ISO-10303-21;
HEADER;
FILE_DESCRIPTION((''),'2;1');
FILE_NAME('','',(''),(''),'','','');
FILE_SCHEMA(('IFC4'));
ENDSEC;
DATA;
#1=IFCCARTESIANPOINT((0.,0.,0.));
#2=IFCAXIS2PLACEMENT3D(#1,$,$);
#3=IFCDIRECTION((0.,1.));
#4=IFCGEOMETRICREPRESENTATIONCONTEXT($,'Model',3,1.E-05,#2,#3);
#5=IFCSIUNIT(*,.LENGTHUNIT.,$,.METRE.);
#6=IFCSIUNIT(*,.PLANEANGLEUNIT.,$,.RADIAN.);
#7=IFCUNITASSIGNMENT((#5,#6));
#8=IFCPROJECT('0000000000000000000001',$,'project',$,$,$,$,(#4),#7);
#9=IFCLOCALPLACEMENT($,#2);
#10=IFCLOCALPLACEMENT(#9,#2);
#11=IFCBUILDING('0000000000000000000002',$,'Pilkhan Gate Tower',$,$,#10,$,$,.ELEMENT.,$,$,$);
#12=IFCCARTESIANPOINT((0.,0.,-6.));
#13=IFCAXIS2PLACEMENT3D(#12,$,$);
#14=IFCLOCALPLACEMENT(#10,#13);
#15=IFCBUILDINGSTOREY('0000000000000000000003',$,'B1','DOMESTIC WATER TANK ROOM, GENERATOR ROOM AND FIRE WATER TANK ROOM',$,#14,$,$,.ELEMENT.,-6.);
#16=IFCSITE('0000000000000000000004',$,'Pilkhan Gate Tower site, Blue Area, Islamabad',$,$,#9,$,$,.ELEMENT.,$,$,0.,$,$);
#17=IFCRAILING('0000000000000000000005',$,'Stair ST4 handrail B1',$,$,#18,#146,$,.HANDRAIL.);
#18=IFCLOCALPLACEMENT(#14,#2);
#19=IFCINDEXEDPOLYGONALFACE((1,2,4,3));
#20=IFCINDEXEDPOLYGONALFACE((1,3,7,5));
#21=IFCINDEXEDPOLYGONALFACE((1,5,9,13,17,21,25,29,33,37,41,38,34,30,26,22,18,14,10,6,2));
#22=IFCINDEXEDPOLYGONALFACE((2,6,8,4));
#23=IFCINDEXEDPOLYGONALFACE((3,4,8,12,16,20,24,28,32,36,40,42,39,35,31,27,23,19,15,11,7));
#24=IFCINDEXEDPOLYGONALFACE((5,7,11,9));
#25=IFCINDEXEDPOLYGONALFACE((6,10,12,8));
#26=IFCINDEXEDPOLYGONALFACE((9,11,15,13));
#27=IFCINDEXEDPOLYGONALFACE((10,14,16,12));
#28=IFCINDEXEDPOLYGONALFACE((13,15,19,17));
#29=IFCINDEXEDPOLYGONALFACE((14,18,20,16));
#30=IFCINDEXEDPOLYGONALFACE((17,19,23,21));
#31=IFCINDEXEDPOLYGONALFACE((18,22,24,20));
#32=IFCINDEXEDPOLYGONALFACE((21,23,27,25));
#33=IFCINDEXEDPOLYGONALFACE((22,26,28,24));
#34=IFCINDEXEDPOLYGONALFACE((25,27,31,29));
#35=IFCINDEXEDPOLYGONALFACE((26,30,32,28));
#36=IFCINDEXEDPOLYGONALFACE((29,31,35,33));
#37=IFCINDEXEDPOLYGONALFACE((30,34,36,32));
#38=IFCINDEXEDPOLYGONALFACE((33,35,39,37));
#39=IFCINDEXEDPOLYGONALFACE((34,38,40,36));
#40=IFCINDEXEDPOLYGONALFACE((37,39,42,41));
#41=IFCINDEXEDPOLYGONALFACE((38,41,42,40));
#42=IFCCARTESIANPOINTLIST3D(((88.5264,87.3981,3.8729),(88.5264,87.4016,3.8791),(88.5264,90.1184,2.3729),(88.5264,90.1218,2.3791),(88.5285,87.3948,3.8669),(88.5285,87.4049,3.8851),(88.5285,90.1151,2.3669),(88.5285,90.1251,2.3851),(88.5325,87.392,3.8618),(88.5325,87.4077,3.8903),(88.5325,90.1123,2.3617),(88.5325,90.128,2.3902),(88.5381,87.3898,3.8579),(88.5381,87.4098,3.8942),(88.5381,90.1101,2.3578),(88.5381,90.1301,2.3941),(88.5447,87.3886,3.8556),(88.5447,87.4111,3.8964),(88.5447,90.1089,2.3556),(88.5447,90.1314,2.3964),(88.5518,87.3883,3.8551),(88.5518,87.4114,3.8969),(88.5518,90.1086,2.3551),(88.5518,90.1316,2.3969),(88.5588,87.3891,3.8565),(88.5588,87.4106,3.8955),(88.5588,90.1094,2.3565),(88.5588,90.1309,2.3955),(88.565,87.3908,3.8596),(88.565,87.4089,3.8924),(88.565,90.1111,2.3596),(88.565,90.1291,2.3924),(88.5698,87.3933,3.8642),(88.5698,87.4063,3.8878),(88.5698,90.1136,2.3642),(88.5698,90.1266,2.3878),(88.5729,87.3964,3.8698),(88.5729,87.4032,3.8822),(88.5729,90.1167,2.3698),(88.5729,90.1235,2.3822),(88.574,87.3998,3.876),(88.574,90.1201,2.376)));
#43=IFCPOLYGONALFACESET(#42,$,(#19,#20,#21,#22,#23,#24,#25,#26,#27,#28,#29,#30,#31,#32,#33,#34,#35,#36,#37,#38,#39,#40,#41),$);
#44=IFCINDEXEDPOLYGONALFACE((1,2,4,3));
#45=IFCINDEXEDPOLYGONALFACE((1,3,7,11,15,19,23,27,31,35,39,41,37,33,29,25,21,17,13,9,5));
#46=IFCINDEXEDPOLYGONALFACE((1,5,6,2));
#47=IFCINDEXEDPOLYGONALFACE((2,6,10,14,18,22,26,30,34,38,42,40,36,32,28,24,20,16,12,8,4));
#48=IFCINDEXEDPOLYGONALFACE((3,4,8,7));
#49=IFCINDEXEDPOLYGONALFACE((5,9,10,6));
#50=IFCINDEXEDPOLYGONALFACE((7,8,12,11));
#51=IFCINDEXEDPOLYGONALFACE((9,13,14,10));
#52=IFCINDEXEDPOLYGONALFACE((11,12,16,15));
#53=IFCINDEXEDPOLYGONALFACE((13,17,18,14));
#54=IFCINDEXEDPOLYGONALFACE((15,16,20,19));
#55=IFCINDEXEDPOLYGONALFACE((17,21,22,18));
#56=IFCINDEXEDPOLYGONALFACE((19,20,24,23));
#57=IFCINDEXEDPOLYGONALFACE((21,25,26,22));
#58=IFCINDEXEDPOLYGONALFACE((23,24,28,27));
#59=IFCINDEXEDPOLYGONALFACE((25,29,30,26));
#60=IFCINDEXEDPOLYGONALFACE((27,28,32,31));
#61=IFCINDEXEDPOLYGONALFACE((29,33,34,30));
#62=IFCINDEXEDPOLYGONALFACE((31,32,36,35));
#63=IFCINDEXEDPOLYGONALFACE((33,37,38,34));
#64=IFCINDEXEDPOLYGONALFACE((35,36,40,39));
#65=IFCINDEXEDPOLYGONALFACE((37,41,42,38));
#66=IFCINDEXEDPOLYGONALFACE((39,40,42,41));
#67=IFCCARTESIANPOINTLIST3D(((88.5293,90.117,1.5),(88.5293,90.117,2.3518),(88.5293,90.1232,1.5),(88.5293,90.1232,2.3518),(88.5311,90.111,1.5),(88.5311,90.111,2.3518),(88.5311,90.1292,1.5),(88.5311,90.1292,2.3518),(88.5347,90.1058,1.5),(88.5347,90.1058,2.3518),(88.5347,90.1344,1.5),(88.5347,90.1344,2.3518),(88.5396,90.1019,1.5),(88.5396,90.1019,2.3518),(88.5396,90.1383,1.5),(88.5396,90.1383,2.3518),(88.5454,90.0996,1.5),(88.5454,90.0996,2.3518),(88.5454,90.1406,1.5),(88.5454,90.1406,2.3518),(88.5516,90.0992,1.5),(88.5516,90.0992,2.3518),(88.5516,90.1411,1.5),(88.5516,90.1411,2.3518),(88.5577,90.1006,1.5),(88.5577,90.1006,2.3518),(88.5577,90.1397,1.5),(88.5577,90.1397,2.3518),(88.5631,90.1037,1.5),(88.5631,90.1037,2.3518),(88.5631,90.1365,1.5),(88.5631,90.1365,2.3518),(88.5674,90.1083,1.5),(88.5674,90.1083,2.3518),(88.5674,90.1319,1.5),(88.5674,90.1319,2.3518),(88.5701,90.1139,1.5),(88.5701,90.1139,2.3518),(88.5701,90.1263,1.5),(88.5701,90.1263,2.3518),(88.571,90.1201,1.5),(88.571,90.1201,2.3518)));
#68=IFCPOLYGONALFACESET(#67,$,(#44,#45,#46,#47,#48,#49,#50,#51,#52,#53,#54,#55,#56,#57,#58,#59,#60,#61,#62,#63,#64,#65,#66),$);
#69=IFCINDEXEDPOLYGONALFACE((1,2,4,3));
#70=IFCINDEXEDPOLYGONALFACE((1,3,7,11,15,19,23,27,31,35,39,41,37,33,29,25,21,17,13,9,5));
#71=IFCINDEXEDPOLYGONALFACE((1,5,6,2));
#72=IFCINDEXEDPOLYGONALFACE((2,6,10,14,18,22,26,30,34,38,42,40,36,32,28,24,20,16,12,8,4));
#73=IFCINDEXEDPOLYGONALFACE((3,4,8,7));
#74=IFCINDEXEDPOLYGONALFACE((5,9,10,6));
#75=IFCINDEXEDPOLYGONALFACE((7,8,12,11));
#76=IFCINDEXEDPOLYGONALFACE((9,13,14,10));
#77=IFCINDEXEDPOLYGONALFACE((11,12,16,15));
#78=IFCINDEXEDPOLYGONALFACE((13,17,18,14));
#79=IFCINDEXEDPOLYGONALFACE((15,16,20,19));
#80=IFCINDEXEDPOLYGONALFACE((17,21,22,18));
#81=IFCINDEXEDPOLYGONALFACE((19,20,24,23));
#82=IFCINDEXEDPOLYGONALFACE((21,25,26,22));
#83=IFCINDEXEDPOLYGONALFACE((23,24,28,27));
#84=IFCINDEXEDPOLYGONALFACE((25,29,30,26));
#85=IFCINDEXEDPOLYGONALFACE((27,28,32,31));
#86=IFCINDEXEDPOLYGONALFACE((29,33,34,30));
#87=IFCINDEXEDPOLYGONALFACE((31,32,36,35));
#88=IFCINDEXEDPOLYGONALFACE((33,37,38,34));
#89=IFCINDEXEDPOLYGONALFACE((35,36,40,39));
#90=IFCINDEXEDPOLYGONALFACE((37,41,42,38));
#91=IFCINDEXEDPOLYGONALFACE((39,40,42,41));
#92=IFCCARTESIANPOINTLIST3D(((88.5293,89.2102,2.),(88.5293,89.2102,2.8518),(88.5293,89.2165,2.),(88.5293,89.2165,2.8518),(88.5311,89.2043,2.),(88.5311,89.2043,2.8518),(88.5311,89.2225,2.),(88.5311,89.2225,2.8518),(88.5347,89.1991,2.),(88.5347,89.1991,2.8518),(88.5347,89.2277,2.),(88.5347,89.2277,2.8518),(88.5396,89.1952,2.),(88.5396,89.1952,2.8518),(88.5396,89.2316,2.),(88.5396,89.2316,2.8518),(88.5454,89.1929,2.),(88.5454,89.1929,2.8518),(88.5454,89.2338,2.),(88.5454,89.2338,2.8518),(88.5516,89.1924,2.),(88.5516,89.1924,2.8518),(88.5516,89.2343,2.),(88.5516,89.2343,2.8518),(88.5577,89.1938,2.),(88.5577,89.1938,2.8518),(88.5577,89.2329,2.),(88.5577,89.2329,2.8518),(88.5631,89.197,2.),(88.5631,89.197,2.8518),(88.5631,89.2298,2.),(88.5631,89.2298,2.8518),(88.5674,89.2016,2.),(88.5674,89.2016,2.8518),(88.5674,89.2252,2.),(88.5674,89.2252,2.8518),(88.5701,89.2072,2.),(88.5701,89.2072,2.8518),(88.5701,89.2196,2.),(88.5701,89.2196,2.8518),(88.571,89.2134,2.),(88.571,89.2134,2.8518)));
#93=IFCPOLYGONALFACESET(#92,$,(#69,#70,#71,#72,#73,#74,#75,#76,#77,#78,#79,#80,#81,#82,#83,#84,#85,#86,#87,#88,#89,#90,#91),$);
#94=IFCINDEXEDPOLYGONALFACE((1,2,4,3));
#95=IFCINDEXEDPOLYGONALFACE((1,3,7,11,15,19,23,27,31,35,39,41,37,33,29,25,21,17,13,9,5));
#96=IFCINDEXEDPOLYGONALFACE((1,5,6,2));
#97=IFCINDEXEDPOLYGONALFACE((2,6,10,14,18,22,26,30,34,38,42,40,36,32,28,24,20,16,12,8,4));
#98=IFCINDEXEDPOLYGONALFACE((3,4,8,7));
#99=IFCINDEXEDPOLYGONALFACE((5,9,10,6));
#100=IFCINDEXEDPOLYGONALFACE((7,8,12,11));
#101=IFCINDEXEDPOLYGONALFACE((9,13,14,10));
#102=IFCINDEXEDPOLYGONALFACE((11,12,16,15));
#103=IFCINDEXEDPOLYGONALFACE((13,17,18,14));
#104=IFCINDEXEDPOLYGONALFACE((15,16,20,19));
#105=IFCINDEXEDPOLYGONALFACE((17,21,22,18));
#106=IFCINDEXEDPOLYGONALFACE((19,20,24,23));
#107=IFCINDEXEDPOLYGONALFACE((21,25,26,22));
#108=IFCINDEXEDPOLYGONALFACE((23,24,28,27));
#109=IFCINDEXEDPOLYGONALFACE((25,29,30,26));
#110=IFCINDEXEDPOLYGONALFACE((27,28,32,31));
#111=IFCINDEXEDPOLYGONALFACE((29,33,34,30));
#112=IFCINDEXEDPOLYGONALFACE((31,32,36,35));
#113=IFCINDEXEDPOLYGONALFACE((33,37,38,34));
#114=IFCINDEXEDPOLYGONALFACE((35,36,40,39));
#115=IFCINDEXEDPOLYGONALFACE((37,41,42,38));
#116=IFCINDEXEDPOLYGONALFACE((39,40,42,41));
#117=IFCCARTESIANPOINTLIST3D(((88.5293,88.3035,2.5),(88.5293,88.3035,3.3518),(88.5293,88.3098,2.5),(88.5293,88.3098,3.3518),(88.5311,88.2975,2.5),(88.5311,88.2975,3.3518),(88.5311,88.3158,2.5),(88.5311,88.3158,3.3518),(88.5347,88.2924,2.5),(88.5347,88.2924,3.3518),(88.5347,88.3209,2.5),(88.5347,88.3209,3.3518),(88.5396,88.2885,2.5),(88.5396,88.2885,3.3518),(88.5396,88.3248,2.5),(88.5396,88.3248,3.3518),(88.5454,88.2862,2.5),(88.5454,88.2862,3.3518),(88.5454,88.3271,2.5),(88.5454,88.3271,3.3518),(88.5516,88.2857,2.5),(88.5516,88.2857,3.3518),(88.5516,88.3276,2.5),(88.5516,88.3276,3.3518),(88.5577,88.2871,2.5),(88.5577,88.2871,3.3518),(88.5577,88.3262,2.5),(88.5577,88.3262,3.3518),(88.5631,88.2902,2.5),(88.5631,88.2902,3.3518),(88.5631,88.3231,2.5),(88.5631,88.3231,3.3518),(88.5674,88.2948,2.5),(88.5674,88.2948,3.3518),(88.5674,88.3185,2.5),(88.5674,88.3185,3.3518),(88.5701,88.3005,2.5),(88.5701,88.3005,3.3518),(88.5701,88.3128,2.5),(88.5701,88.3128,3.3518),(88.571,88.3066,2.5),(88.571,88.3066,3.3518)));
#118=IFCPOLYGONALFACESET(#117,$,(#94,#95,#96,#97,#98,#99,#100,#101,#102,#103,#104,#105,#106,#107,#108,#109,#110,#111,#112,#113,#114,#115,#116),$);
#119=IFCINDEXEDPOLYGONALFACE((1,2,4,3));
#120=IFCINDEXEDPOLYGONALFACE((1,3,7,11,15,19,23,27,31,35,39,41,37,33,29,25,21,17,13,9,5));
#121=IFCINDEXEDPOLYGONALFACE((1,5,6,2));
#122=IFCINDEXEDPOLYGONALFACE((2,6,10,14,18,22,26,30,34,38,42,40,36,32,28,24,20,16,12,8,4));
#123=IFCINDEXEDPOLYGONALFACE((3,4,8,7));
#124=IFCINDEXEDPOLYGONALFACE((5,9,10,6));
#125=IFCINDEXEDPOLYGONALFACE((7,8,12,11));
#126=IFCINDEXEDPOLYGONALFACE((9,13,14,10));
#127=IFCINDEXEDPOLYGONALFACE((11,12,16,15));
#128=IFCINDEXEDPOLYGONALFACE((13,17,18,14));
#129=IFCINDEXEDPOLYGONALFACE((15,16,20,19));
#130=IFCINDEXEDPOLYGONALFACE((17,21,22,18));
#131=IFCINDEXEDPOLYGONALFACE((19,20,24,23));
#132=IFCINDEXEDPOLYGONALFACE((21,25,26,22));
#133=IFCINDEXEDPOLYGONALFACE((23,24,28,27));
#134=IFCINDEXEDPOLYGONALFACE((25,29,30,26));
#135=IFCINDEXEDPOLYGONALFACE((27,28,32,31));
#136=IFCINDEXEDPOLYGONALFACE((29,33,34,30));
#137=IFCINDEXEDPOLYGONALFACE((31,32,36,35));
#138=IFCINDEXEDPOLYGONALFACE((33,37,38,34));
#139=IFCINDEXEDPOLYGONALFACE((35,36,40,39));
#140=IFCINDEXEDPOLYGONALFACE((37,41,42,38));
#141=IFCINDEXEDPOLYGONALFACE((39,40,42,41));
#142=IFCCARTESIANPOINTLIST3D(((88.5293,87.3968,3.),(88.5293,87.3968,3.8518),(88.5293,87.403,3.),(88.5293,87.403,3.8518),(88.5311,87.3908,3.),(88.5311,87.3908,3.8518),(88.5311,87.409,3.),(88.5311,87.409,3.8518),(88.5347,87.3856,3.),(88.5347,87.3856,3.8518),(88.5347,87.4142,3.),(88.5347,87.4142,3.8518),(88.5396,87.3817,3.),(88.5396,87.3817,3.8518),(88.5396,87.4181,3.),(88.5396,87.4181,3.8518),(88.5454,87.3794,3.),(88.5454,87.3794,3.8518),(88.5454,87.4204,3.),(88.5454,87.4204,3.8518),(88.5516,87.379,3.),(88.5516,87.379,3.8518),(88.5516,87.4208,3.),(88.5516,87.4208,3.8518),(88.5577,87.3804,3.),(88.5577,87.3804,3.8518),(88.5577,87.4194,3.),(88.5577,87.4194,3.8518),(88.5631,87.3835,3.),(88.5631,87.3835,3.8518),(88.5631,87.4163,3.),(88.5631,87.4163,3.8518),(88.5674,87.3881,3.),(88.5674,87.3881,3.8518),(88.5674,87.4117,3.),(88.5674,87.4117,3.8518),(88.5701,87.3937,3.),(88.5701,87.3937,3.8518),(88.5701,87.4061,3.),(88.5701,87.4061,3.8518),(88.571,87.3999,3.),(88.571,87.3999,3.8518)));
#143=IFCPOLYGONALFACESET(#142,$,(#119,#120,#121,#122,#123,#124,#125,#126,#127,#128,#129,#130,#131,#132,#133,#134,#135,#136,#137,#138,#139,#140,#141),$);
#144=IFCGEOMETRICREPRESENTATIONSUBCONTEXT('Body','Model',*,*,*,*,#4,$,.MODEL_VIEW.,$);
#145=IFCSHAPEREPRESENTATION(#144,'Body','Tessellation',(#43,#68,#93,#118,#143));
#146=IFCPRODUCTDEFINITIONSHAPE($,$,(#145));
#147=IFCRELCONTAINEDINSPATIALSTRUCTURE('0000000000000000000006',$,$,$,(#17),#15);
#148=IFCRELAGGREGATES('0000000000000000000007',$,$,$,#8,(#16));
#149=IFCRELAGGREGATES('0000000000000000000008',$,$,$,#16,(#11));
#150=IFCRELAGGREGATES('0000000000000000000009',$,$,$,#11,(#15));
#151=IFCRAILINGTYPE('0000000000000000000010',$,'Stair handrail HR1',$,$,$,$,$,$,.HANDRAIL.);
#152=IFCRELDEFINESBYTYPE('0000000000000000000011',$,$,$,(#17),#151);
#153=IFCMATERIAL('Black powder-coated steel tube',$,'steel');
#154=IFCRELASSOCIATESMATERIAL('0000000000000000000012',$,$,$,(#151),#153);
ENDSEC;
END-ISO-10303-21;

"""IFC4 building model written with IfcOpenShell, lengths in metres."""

from ifc_helpers import new_model, si_unit, direction, frame, origin, origin_2d, place, context, subcontext, project, spatial, circle, extrude, material, type_object, element, save


model = new_model("IFC4")

# Units and contexts
model_context = context("Model", 3, precision=1e-05, world=origin(), true_north=direction((0.0, 1.0)))
body_context = subcontext(model_context, "Body", "Model", "MODEL_VIEW")
ifc_project = project(units=[si_unit("LENGTHUNIT", "METRE"), si_unit("PLANEANGLEUNIT", "RADIAN")], contexts=[model_context])

# Site, building, storey
site_placement = place(None, origin())
site = spatial("IfcSite", under=ifc_project, at=site_placement, Name="Pilkhan Gate Tower site, Blue Area, Islamabad", CompositionType="ELEMENT", RefElevation=0.0)
building_placement = place(site_placement, origin())
building = spatial("IfcBuilding", under=site, at=building_placement, Name="Pilkhan Gate Tower", CompositionType="ELEMENT")
storey_placement = place(building_placement, frame((0.0, 0.0, -6.0)))
storey = spatial("IfcBuildingStorey", under=building, at=storey_placement, Name="B1", Description="DOMESTIC WATER TANK ROOM, GENERATOR ROOM AND FIRE WATER TANK ROOM", CompositionType="ELEMENT", Elevation=-6.0)

# Railing
ifc_material_1 = material(Name="Black powder-coated steel tube", Category="steel")
railing_type_1 = type_object("IfcRailingType", Name="Stair handrail HR1", PredefinedType="HANDRAIL", material=ifc_material_1)
for number, where, name in (
    (1, (88.55, 90.1201, 1.5), "Stair ST4 handrail B1"),
):
    element("IfcRailing", number, at=place(storey_placement, frame(where)), inside=storey, type_object=railing_type_1, Name=name, PredefinedType="HANDRAIL", context=body_context, shape_type="SweptSolid", body=[
        extrude(circle(Radius=0.0239, at=origin_2d()), frame((0.0, 0.0, 0.876), z_axis=(0.0, -0.875688, 0.482878), x_axis=(1.0, 0.0, 0.0)), (0.0, 0.0, 1.0), 3.1064),
        extrude(circle(Radius=0.021, at=origin_2d()), origin(), (0.0, 0.0, 1.0), 0.8518),
        extrude(circle(Radius=0.021, at=origin_2d()), frame((0.0, -0.9067, 0.5)), (0.0, 0.0, 1.0), 0.8518),
        extrude(circle(Radius=0.021, at=origin_2d()), frame((0.0, -1.8135, 1.0)), (0.0, 0.0, 1.0), 0.8518),
        extrude(circle(Radius=0.021, at=origin_2d()), frame((0.0, -2.7202, 1.5)), (0.0, 0.0, 1.0), 0.8518),
    ])

save(model, "model.ifc")
